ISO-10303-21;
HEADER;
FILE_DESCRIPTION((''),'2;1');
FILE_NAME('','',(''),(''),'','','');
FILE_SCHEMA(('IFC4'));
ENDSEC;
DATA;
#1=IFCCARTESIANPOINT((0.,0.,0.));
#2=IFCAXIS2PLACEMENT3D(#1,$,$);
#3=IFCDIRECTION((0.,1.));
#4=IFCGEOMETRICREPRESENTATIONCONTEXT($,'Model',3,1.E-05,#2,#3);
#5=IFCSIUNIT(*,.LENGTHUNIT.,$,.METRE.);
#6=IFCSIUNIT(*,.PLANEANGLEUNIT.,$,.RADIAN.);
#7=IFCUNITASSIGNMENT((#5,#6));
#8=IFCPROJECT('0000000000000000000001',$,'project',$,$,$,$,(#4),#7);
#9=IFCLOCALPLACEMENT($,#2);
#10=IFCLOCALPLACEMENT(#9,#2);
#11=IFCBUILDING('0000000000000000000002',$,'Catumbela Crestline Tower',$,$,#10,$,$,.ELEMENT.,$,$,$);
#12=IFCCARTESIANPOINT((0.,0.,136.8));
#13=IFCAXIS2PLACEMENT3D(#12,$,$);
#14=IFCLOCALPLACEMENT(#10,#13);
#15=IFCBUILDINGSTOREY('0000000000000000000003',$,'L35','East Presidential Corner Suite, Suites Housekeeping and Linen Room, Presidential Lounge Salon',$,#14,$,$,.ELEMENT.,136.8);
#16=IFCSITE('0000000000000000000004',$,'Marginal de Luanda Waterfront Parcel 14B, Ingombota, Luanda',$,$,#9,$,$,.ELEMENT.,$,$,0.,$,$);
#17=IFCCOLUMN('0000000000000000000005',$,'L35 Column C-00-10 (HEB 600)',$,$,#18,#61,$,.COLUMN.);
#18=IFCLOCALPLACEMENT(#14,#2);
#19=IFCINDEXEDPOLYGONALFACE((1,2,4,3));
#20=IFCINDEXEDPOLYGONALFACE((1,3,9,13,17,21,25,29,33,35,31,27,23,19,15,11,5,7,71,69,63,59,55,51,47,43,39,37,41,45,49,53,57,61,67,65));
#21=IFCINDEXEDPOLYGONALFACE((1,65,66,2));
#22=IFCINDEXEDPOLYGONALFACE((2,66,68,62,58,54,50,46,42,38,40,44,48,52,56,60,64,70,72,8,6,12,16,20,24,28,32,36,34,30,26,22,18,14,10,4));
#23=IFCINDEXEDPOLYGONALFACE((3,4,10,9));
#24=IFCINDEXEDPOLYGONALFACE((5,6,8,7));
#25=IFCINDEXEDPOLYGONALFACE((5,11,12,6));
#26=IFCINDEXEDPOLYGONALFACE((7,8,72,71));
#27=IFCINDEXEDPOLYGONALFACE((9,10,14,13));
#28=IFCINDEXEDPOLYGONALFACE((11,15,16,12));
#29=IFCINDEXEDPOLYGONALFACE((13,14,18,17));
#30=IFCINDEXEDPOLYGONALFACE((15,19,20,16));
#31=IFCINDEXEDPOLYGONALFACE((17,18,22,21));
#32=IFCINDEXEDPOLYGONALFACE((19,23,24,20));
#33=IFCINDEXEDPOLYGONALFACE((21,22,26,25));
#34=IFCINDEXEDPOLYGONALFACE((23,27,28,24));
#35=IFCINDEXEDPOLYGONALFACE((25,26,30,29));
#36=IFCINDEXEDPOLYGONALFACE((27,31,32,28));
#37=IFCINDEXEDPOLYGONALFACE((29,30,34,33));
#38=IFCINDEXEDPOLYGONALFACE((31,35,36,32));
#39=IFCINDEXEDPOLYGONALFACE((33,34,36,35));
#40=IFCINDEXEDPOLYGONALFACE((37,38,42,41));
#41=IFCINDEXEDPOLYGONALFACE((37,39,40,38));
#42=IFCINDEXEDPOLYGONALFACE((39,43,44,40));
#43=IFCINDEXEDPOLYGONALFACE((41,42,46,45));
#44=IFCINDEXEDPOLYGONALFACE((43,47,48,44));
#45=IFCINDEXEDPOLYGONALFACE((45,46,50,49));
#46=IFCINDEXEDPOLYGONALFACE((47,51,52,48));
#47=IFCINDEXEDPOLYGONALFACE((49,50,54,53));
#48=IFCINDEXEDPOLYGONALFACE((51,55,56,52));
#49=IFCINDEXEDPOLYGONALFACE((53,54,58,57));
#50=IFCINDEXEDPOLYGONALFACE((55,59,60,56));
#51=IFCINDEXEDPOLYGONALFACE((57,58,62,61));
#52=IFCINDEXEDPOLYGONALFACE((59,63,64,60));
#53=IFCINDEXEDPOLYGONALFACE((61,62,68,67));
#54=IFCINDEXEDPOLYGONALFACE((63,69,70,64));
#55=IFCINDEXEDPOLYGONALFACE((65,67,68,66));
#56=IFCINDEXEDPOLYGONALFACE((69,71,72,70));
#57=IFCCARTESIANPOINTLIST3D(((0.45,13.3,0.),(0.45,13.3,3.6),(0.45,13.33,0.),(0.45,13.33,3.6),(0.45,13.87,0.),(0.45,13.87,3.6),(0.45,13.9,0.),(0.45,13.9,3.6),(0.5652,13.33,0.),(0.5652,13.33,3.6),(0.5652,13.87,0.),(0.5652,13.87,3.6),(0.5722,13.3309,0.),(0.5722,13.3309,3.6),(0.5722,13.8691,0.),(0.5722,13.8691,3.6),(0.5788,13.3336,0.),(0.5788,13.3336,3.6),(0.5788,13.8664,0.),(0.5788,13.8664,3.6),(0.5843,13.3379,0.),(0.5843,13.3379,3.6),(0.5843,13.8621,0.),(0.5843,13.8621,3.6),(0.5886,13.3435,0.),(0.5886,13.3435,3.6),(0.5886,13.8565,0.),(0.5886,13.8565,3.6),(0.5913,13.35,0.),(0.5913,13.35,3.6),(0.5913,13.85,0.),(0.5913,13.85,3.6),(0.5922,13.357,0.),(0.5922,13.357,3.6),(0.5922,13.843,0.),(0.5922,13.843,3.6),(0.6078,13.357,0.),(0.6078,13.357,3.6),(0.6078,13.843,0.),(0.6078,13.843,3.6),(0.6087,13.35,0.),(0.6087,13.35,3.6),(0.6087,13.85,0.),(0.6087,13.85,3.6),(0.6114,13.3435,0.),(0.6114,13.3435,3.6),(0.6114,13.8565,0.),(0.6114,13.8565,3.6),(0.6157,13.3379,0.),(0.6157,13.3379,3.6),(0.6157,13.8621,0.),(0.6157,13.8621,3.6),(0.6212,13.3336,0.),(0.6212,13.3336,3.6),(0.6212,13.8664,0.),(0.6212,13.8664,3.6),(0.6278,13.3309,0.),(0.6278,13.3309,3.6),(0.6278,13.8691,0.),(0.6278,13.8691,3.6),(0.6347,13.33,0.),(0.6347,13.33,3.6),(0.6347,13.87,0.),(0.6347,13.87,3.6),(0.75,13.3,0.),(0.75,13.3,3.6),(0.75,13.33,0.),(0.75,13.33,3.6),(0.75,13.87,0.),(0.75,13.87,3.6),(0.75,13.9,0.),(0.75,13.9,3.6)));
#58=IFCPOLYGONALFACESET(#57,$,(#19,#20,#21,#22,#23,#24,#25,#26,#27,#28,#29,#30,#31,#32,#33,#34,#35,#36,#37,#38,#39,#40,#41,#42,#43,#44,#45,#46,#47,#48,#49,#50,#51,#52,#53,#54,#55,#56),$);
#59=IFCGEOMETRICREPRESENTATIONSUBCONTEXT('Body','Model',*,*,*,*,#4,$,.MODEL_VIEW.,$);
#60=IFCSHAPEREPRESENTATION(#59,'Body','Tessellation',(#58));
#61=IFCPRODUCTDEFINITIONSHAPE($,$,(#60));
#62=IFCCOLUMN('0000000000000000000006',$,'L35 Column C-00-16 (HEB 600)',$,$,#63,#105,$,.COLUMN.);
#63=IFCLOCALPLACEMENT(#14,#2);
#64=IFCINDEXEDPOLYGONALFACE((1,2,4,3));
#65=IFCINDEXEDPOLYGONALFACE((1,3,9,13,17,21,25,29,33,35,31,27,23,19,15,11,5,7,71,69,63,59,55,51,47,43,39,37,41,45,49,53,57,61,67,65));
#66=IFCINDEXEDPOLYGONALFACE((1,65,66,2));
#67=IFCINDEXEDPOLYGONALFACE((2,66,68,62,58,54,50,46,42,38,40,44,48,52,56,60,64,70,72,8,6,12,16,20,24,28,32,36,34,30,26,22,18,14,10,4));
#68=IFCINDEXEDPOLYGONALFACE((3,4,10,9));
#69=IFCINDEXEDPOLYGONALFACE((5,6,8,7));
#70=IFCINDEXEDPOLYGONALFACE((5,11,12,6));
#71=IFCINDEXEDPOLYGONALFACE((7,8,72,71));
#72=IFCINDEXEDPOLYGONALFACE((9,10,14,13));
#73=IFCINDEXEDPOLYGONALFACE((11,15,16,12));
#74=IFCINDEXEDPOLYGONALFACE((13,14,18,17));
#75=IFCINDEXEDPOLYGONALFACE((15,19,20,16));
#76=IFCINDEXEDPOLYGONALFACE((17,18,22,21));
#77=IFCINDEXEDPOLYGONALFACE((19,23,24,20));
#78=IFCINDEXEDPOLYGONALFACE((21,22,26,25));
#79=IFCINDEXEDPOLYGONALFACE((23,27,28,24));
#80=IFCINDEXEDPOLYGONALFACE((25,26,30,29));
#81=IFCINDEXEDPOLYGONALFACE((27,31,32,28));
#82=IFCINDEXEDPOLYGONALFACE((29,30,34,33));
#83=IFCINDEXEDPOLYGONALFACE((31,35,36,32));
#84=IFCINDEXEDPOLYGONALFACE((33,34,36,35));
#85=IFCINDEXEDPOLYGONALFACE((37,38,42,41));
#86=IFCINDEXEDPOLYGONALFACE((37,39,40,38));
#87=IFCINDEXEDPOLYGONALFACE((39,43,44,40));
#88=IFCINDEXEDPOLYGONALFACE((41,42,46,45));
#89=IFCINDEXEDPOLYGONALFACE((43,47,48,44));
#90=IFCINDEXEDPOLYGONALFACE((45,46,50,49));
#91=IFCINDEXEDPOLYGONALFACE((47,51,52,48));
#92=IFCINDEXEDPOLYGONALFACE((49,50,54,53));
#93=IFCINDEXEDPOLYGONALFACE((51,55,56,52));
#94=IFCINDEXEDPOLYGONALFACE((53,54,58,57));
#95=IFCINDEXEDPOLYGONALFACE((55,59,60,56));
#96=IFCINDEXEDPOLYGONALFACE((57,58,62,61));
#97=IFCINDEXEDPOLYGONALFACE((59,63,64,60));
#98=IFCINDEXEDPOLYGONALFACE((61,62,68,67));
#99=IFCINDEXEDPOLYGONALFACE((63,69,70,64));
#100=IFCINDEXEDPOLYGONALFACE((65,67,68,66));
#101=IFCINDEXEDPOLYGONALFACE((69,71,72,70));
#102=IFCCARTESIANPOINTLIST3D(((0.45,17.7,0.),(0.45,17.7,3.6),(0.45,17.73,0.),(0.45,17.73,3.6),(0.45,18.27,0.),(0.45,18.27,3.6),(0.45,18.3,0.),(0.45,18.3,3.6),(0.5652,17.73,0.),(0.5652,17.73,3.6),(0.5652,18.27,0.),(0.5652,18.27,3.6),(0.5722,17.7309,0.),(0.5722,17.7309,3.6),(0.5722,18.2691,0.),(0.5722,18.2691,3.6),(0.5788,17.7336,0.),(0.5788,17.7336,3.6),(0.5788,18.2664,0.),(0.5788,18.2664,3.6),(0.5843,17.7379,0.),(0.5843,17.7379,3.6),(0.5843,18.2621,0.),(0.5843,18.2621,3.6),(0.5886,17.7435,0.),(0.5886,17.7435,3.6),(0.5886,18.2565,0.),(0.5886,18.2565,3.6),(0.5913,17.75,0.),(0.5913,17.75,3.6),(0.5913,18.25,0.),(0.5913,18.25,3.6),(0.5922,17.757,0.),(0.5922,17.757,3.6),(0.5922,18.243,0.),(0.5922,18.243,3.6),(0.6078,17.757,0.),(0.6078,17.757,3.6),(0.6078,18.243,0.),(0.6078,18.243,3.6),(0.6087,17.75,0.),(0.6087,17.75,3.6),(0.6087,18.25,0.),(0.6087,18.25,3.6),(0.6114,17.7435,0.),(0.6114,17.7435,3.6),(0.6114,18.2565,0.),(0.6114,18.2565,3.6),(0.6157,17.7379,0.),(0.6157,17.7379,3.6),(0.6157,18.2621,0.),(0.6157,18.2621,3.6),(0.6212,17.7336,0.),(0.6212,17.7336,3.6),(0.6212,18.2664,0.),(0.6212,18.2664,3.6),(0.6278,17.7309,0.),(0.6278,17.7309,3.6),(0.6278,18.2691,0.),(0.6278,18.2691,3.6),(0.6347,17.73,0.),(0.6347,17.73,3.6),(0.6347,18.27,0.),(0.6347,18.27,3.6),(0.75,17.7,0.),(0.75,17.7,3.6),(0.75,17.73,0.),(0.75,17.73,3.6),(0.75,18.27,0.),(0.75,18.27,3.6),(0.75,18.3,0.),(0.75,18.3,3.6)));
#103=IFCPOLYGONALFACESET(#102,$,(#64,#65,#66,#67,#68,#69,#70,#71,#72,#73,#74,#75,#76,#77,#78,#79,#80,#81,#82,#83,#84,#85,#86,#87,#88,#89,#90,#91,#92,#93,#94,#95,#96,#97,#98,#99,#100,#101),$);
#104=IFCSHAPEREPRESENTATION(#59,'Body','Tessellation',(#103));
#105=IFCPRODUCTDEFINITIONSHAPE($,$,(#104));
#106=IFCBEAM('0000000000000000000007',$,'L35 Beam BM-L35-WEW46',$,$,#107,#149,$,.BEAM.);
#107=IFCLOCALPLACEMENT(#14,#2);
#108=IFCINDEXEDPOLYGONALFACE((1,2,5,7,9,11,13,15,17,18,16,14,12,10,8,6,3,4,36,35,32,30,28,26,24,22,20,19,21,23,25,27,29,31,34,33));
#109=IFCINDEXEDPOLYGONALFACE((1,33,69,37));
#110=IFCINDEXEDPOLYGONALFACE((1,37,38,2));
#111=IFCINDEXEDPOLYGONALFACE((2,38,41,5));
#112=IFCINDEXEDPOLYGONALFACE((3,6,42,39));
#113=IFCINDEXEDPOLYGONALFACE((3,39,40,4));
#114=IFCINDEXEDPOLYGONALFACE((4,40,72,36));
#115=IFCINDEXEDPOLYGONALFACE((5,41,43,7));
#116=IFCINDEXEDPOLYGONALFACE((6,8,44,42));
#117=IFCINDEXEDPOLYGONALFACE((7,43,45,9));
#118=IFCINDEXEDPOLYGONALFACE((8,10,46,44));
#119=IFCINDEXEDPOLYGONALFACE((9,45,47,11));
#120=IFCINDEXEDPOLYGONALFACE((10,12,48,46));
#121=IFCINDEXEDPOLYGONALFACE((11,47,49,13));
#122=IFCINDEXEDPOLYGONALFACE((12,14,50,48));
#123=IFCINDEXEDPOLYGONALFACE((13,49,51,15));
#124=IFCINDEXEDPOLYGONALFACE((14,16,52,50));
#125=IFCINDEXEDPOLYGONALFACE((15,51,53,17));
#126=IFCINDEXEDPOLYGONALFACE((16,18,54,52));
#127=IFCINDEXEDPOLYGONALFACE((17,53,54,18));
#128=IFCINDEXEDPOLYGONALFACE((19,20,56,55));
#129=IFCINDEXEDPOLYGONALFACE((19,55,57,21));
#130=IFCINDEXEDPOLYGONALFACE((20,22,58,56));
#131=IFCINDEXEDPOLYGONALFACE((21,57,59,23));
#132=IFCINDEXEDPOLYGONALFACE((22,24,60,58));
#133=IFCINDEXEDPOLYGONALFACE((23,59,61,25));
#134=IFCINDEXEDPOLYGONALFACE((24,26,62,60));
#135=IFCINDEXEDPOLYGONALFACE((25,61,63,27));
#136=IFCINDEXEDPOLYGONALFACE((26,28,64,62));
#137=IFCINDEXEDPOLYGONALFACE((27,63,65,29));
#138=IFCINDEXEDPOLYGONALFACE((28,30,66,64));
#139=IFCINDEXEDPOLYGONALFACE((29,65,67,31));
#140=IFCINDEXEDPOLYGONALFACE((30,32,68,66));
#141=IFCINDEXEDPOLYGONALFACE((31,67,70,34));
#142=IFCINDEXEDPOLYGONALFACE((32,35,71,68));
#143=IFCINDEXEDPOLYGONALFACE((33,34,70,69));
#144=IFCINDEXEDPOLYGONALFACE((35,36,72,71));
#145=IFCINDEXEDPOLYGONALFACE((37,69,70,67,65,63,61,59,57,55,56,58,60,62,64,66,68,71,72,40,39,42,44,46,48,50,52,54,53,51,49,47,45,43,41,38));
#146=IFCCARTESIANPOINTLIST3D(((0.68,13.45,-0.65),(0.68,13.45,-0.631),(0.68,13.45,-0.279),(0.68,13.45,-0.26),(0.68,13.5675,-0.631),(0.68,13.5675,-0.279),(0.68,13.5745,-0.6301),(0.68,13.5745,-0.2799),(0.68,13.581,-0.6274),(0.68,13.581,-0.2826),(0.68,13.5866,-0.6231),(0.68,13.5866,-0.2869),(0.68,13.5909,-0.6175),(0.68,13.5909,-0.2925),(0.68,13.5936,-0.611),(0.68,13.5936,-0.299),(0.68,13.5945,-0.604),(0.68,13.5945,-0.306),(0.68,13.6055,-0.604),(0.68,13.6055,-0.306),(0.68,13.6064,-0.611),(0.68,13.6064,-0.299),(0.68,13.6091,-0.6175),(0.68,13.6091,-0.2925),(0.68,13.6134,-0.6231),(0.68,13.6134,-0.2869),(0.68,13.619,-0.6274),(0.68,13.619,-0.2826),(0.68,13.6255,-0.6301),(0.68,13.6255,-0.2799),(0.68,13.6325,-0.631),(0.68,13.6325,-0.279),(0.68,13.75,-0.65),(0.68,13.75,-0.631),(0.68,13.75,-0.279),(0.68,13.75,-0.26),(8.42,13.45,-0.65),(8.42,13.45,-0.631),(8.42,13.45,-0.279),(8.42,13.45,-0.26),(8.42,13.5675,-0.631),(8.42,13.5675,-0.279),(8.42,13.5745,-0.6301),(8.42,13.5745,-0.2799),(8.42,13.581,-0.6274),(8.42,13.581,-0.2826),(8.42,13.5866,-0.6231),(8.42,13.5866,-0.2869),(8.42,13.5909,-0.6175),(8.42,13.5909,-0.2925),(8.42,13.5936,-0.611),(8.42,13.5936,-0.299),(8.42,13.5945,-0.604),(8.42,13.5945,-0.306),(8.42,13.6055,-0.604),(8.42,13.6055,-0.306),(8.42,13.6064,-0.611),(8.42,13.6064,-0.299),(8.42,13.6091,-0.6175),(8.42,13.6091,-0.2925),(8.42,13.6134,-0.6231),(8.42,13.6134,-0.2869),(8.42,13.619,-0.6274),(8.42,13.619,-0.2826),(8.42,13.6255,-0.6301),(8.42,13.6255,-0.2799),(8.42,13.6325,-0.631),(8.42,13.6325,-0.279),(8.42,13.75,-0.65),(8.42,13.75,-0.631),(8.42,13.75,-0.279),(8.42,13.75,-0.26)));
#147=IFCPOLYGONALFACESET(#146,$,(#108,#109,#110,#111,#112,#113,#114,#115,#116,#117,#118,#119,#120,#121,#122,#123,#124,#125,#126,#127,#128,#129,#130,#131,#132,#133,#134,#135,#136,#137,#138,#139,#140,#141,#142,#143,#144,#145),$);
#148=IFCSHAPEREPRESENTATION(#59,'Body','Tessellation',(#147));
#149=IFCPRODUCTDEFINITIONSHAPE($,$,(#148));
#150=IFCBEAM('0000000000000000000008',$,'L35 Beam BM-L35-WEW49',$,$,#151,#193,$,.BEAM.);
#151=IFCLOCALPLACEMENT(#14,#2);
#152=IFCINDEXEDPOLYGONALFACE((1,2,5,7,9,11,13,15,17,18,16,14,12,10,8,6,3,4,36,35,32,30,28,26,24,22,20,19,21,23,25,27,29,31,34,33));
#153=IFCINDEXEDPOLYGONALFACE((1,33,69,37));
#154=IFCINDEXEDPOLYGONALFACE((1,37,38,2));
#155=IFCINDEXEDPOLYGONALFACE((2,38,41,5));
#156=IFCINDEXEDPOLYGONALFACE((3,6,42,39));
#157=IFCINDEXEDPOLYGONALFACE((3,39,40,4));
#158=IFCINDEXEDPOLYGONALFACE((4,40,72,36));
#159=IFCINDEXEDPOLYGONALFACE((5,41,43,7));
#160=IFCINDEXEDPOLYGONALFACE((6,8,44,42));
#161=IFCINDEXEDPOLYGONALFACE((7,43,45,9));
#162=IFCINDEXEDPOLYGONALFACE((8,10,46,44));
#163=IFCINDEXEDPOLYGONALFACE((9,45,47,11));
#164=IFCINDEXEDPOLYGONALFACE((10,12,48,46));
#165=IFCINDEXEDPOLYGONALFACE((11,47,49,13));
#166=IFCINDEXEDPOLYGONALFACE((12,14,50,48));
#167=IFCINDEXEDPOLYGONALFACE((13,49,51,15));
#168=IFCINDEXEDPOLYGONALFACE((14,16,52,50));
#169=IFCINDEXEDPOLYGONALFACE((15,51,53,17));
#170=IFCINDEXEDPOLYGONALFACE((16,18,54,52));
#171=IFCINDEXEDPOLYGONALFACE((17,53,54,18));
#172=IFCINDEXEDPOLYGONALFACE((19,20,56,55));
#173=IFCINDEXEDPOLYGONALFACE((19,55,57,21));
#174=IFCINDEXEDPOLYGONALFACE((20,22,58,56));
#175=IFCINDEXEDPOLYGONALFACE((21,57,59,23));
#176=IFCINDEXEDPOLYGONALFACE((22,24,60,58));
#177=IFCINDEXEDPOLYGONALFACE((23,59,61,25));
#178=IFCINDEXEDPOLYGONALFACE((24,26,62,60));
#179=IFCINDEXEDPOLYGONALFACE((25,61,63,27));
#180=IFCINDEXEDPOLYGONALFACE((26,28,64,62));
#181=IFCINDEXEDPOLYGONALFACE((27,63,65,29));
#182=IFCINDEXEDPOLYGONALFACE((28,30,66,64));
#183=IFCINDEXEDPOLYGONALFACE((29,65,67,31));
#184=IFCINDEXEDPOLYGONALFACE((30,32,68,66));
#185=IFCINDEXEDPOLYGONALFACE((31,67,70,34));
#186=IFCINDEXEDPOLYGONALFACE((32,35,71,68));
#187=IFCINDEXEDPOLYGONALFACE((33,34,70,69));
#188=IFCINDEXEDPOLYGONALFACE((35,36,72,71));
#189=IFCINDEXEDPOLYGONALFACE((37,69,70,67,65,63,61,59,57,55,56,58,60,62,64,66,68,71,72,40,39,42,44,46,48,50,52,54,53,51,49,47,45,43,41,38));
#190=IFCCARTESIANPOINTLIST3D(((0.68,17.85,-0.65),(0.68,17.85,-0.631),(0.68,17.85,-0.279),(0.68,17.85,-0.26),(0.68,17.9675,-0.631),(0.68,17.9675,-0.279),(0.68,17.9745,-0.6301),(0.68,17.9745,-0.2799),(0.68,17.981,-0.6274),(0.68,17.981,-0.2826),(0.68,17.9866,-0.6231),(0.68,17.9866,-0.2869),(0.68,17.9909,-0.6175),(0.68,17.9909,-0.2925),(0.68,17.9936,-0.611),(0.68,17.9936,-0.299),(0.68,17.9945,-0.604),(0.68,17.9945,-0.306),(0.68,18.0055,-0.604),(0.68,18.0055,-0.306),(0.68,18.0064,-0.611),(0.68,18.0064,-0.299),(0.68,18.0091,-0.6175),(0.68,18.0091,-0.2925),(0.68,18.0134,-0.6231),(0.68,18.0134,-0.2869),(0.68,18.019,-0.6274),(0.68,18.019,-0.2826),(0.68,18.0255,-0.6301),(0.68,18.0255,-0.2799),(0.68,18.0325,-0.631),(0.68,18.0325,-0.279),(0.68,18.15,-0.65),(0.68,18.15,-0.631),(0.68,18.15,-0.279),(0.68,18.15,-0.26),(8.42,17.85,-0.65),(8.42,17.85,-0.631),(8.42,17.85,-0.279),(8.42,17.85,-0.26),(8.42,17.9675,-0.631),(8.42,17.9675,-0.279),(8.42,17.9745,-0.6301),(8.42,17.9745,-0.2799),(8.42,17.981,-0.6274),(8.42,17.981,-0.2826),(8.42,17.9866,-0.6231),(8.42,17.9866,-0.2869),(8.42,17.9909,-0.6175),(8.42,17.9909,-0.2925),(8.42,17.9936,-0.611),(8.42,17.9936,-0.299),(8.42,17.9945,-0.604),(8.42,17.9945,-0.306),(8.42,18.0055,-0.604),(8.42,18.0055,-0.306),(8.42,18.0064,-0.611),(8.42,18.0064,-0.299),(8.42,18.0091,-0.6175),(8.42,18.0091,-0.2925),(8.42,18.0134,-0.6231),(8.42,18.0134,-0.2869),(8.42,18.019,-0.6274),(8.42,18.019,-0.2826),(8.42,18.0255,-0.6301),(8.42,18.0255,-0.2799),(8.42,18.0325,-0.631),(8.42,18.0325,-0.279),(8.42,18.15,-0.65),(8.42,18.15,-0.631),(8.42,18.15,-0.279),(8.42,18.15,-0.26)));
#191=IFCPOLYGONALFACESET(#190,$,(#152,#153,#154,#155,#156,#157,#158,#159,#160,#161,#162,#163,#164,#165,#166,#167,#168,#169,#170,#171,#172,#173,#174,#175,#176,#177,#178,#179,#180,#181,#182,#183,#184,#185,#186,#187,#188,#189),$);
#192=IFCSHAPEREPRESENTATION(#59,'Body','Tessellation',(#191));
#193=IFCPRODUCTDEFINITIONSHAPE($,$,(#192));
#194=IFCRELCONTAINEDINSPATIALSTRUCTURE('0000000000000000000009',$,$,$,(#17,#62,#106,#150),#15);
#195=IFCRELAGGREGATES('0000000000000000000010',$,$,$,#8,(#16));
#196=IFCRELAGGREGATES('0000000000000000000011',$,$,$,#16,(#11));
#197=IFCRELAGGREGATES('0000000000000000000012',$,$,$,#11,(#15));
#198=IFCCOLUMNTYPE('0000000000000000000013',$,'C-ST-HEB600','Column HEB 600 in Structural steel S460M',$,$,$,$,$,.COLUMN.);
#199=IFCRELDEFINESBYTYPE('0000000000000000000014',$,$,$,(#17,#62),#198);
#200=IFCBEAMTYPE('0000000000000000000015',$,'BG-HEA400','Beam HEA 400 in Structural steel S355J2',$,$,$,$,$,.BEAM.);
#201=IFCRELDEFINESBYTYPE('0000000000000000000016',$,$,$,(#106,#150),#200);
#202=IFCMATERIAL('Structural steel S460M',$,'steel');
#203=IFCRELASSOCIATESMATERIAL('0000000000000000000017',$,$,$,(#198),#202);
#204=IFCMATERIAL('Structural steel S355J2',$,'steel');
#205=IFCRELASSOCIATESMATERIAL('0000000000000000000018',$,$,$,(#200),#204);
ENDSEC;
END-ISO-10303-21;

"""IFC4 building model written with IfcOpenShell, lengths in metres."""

from ifc_helpers import new_model, si_unit, direction, frame, origin, origin_2d, place, context, subcontext, project, spatial, i_section, extrude, material, material_profile, profile_set, type_object, element, save


model = new_model("IFC4")

# Units and contexts
model_context = context("Model", 3, precision=1e-05, world=origin(), true_north=direction((0.0, 1.0)))
body_context = subcontext(model_context, "Body", "Model", "MODEL_VIEW")
ifc_project = project(units=[si_unit("LENGTHUNIT", "METRE"), si_unit("PLANEANGLEUNIT", "RADIAN")], contexts=[model_context])

# Site, building, storey
site_placement = place(None, origin())
site = spatial("IfcSite", under=ifc_project, at=site_placement, Name="Marginal de Luanda Waterfront Parcel 14B, Ingombota, Luanda", CompositionType="ELEMENT", RefElevation=0.0)
building_placement = place(site_placement, origin())
building = spatial("IfcBuilding", under=site, at=building_placement, Name="Catumbela Crestline Tower", CompositionType="ELEMENT")
storey_placement = place(building_placement, frame((0.0, 0.0, 136.8)))
storey = spatial("IfcBuildingStorey", under=building, at=storey_placement, Name="L35", Description="East Presidential Corner Suite, Suites Housekeeping and Linen Room, Presidential Lounge Salon", CompositionType="ELEMENT", Elevation=136.8)

# Columns
ifc_material_1 = material(Name="Structural steel S460M", Category="steel")
ifc_material_profile_1 = material_profile(ifc_material_1, i_section(OverallWidth=0.3, OverallDepth=0.6, WebThickness=0.0155, FlangeThickness=0.03, FilletRadius=0.027, at=origin_2d()), Name="HEB 600")
ifc_profile_set_1 = profile_set([ifc_material_profile_1], Name="Structural steel S460M")
column_type = type_object("IfcColumnType", Name="C-ST-HEB600", Description="Column HEB 600 in Structural steel S460M", PredefinedType="COLUMN", material=ifc_profile_set_1)
for number, where, z_axis, x_axis, name in (
    (1, (0.6, 13.6, 0.0), (0.0, 0.0, 1.0), (1.0, 0.0, 0.0), "L35 Column C-00-10 (HEB 600)"),
    (2, (0.6, 18.0, 0.0), (0.0, 0.0, 1.0), (1.0, 0.0, 0.0), "L35 Column C-00-16 (HEB 600)"),
):
    element("IfcColumn", number, at=place(storey_placement, frame(where, z_axis=z_axis, x_axis=x_axis)), inside=storey, type_object=column_type, Name=name, PredefinedType="COLUMN", context=body_context, shape_type="SweptSolid", body=[
        extrude(i_section(OverallWidth=0.3, OverallDepth=0.6, WebThickness=0.0155, FlangeThickness=0.03, FilletRadius=0.027, at=origin_2d()), origin(), (0.0, 0.0, 1.0), 3.6),
    ])

# Beams
ifc_material_2 = material(Name="Structural steel S355J2", Category="steel")
ifc_material_profile_2 = material_profile(ifc_material_2, i_section(OverallWidth=0.3, OverallDepth=0.39, WebThickness=0.011, FlangeThickness=0.019, FilletRadius=0.027, at=origin_2d()), Name="HEA 400")
ifc_profile_set_2 = profile_set([ifc_material_profile_2], Name="Structural steel S355J2")
beam_type_1 = type_object("IfcBeamType", Name="BG-HEA400", Description="Beam HEA 400 in Structural steel S355J2", PredefinedType="BEAM", material=ifc_profile_set_2)
for number, where, z_axis, x_axis, name in (
    (3, (0.68, 13.6, -0.455), (1.0, 0.0, 0.0), (0.0, 1.0, 0.0), "L35 Beam BM-L35-WEW46"),
    (4, (0.68, 18.0, -0.455), (1.0, 0.0, 0.0), (0.0, 1.0, 0.0), "L35 Beam BM-L35-WEW49"),
):
    element("IfcBeam", number, at=place(storey_placement, frame(where, z_axis=z_axis, x_axis=x_axis)), inside=storey, type_object=beam_type_1, Name=name, PredefinedType="BEAM", context=body_context, shape_type="SweptSolid", body=[
        extrude(i_section(OverallWidth=0.3, OverallDepth=0.39, WebThickness=0.011, FlangeThickness=0.019, FilletRadius=0.027, at=origin_2d()), origin(), (0.0, 0.0, 1.0), 7.74),
    ])

save(model, "model.ifc")
